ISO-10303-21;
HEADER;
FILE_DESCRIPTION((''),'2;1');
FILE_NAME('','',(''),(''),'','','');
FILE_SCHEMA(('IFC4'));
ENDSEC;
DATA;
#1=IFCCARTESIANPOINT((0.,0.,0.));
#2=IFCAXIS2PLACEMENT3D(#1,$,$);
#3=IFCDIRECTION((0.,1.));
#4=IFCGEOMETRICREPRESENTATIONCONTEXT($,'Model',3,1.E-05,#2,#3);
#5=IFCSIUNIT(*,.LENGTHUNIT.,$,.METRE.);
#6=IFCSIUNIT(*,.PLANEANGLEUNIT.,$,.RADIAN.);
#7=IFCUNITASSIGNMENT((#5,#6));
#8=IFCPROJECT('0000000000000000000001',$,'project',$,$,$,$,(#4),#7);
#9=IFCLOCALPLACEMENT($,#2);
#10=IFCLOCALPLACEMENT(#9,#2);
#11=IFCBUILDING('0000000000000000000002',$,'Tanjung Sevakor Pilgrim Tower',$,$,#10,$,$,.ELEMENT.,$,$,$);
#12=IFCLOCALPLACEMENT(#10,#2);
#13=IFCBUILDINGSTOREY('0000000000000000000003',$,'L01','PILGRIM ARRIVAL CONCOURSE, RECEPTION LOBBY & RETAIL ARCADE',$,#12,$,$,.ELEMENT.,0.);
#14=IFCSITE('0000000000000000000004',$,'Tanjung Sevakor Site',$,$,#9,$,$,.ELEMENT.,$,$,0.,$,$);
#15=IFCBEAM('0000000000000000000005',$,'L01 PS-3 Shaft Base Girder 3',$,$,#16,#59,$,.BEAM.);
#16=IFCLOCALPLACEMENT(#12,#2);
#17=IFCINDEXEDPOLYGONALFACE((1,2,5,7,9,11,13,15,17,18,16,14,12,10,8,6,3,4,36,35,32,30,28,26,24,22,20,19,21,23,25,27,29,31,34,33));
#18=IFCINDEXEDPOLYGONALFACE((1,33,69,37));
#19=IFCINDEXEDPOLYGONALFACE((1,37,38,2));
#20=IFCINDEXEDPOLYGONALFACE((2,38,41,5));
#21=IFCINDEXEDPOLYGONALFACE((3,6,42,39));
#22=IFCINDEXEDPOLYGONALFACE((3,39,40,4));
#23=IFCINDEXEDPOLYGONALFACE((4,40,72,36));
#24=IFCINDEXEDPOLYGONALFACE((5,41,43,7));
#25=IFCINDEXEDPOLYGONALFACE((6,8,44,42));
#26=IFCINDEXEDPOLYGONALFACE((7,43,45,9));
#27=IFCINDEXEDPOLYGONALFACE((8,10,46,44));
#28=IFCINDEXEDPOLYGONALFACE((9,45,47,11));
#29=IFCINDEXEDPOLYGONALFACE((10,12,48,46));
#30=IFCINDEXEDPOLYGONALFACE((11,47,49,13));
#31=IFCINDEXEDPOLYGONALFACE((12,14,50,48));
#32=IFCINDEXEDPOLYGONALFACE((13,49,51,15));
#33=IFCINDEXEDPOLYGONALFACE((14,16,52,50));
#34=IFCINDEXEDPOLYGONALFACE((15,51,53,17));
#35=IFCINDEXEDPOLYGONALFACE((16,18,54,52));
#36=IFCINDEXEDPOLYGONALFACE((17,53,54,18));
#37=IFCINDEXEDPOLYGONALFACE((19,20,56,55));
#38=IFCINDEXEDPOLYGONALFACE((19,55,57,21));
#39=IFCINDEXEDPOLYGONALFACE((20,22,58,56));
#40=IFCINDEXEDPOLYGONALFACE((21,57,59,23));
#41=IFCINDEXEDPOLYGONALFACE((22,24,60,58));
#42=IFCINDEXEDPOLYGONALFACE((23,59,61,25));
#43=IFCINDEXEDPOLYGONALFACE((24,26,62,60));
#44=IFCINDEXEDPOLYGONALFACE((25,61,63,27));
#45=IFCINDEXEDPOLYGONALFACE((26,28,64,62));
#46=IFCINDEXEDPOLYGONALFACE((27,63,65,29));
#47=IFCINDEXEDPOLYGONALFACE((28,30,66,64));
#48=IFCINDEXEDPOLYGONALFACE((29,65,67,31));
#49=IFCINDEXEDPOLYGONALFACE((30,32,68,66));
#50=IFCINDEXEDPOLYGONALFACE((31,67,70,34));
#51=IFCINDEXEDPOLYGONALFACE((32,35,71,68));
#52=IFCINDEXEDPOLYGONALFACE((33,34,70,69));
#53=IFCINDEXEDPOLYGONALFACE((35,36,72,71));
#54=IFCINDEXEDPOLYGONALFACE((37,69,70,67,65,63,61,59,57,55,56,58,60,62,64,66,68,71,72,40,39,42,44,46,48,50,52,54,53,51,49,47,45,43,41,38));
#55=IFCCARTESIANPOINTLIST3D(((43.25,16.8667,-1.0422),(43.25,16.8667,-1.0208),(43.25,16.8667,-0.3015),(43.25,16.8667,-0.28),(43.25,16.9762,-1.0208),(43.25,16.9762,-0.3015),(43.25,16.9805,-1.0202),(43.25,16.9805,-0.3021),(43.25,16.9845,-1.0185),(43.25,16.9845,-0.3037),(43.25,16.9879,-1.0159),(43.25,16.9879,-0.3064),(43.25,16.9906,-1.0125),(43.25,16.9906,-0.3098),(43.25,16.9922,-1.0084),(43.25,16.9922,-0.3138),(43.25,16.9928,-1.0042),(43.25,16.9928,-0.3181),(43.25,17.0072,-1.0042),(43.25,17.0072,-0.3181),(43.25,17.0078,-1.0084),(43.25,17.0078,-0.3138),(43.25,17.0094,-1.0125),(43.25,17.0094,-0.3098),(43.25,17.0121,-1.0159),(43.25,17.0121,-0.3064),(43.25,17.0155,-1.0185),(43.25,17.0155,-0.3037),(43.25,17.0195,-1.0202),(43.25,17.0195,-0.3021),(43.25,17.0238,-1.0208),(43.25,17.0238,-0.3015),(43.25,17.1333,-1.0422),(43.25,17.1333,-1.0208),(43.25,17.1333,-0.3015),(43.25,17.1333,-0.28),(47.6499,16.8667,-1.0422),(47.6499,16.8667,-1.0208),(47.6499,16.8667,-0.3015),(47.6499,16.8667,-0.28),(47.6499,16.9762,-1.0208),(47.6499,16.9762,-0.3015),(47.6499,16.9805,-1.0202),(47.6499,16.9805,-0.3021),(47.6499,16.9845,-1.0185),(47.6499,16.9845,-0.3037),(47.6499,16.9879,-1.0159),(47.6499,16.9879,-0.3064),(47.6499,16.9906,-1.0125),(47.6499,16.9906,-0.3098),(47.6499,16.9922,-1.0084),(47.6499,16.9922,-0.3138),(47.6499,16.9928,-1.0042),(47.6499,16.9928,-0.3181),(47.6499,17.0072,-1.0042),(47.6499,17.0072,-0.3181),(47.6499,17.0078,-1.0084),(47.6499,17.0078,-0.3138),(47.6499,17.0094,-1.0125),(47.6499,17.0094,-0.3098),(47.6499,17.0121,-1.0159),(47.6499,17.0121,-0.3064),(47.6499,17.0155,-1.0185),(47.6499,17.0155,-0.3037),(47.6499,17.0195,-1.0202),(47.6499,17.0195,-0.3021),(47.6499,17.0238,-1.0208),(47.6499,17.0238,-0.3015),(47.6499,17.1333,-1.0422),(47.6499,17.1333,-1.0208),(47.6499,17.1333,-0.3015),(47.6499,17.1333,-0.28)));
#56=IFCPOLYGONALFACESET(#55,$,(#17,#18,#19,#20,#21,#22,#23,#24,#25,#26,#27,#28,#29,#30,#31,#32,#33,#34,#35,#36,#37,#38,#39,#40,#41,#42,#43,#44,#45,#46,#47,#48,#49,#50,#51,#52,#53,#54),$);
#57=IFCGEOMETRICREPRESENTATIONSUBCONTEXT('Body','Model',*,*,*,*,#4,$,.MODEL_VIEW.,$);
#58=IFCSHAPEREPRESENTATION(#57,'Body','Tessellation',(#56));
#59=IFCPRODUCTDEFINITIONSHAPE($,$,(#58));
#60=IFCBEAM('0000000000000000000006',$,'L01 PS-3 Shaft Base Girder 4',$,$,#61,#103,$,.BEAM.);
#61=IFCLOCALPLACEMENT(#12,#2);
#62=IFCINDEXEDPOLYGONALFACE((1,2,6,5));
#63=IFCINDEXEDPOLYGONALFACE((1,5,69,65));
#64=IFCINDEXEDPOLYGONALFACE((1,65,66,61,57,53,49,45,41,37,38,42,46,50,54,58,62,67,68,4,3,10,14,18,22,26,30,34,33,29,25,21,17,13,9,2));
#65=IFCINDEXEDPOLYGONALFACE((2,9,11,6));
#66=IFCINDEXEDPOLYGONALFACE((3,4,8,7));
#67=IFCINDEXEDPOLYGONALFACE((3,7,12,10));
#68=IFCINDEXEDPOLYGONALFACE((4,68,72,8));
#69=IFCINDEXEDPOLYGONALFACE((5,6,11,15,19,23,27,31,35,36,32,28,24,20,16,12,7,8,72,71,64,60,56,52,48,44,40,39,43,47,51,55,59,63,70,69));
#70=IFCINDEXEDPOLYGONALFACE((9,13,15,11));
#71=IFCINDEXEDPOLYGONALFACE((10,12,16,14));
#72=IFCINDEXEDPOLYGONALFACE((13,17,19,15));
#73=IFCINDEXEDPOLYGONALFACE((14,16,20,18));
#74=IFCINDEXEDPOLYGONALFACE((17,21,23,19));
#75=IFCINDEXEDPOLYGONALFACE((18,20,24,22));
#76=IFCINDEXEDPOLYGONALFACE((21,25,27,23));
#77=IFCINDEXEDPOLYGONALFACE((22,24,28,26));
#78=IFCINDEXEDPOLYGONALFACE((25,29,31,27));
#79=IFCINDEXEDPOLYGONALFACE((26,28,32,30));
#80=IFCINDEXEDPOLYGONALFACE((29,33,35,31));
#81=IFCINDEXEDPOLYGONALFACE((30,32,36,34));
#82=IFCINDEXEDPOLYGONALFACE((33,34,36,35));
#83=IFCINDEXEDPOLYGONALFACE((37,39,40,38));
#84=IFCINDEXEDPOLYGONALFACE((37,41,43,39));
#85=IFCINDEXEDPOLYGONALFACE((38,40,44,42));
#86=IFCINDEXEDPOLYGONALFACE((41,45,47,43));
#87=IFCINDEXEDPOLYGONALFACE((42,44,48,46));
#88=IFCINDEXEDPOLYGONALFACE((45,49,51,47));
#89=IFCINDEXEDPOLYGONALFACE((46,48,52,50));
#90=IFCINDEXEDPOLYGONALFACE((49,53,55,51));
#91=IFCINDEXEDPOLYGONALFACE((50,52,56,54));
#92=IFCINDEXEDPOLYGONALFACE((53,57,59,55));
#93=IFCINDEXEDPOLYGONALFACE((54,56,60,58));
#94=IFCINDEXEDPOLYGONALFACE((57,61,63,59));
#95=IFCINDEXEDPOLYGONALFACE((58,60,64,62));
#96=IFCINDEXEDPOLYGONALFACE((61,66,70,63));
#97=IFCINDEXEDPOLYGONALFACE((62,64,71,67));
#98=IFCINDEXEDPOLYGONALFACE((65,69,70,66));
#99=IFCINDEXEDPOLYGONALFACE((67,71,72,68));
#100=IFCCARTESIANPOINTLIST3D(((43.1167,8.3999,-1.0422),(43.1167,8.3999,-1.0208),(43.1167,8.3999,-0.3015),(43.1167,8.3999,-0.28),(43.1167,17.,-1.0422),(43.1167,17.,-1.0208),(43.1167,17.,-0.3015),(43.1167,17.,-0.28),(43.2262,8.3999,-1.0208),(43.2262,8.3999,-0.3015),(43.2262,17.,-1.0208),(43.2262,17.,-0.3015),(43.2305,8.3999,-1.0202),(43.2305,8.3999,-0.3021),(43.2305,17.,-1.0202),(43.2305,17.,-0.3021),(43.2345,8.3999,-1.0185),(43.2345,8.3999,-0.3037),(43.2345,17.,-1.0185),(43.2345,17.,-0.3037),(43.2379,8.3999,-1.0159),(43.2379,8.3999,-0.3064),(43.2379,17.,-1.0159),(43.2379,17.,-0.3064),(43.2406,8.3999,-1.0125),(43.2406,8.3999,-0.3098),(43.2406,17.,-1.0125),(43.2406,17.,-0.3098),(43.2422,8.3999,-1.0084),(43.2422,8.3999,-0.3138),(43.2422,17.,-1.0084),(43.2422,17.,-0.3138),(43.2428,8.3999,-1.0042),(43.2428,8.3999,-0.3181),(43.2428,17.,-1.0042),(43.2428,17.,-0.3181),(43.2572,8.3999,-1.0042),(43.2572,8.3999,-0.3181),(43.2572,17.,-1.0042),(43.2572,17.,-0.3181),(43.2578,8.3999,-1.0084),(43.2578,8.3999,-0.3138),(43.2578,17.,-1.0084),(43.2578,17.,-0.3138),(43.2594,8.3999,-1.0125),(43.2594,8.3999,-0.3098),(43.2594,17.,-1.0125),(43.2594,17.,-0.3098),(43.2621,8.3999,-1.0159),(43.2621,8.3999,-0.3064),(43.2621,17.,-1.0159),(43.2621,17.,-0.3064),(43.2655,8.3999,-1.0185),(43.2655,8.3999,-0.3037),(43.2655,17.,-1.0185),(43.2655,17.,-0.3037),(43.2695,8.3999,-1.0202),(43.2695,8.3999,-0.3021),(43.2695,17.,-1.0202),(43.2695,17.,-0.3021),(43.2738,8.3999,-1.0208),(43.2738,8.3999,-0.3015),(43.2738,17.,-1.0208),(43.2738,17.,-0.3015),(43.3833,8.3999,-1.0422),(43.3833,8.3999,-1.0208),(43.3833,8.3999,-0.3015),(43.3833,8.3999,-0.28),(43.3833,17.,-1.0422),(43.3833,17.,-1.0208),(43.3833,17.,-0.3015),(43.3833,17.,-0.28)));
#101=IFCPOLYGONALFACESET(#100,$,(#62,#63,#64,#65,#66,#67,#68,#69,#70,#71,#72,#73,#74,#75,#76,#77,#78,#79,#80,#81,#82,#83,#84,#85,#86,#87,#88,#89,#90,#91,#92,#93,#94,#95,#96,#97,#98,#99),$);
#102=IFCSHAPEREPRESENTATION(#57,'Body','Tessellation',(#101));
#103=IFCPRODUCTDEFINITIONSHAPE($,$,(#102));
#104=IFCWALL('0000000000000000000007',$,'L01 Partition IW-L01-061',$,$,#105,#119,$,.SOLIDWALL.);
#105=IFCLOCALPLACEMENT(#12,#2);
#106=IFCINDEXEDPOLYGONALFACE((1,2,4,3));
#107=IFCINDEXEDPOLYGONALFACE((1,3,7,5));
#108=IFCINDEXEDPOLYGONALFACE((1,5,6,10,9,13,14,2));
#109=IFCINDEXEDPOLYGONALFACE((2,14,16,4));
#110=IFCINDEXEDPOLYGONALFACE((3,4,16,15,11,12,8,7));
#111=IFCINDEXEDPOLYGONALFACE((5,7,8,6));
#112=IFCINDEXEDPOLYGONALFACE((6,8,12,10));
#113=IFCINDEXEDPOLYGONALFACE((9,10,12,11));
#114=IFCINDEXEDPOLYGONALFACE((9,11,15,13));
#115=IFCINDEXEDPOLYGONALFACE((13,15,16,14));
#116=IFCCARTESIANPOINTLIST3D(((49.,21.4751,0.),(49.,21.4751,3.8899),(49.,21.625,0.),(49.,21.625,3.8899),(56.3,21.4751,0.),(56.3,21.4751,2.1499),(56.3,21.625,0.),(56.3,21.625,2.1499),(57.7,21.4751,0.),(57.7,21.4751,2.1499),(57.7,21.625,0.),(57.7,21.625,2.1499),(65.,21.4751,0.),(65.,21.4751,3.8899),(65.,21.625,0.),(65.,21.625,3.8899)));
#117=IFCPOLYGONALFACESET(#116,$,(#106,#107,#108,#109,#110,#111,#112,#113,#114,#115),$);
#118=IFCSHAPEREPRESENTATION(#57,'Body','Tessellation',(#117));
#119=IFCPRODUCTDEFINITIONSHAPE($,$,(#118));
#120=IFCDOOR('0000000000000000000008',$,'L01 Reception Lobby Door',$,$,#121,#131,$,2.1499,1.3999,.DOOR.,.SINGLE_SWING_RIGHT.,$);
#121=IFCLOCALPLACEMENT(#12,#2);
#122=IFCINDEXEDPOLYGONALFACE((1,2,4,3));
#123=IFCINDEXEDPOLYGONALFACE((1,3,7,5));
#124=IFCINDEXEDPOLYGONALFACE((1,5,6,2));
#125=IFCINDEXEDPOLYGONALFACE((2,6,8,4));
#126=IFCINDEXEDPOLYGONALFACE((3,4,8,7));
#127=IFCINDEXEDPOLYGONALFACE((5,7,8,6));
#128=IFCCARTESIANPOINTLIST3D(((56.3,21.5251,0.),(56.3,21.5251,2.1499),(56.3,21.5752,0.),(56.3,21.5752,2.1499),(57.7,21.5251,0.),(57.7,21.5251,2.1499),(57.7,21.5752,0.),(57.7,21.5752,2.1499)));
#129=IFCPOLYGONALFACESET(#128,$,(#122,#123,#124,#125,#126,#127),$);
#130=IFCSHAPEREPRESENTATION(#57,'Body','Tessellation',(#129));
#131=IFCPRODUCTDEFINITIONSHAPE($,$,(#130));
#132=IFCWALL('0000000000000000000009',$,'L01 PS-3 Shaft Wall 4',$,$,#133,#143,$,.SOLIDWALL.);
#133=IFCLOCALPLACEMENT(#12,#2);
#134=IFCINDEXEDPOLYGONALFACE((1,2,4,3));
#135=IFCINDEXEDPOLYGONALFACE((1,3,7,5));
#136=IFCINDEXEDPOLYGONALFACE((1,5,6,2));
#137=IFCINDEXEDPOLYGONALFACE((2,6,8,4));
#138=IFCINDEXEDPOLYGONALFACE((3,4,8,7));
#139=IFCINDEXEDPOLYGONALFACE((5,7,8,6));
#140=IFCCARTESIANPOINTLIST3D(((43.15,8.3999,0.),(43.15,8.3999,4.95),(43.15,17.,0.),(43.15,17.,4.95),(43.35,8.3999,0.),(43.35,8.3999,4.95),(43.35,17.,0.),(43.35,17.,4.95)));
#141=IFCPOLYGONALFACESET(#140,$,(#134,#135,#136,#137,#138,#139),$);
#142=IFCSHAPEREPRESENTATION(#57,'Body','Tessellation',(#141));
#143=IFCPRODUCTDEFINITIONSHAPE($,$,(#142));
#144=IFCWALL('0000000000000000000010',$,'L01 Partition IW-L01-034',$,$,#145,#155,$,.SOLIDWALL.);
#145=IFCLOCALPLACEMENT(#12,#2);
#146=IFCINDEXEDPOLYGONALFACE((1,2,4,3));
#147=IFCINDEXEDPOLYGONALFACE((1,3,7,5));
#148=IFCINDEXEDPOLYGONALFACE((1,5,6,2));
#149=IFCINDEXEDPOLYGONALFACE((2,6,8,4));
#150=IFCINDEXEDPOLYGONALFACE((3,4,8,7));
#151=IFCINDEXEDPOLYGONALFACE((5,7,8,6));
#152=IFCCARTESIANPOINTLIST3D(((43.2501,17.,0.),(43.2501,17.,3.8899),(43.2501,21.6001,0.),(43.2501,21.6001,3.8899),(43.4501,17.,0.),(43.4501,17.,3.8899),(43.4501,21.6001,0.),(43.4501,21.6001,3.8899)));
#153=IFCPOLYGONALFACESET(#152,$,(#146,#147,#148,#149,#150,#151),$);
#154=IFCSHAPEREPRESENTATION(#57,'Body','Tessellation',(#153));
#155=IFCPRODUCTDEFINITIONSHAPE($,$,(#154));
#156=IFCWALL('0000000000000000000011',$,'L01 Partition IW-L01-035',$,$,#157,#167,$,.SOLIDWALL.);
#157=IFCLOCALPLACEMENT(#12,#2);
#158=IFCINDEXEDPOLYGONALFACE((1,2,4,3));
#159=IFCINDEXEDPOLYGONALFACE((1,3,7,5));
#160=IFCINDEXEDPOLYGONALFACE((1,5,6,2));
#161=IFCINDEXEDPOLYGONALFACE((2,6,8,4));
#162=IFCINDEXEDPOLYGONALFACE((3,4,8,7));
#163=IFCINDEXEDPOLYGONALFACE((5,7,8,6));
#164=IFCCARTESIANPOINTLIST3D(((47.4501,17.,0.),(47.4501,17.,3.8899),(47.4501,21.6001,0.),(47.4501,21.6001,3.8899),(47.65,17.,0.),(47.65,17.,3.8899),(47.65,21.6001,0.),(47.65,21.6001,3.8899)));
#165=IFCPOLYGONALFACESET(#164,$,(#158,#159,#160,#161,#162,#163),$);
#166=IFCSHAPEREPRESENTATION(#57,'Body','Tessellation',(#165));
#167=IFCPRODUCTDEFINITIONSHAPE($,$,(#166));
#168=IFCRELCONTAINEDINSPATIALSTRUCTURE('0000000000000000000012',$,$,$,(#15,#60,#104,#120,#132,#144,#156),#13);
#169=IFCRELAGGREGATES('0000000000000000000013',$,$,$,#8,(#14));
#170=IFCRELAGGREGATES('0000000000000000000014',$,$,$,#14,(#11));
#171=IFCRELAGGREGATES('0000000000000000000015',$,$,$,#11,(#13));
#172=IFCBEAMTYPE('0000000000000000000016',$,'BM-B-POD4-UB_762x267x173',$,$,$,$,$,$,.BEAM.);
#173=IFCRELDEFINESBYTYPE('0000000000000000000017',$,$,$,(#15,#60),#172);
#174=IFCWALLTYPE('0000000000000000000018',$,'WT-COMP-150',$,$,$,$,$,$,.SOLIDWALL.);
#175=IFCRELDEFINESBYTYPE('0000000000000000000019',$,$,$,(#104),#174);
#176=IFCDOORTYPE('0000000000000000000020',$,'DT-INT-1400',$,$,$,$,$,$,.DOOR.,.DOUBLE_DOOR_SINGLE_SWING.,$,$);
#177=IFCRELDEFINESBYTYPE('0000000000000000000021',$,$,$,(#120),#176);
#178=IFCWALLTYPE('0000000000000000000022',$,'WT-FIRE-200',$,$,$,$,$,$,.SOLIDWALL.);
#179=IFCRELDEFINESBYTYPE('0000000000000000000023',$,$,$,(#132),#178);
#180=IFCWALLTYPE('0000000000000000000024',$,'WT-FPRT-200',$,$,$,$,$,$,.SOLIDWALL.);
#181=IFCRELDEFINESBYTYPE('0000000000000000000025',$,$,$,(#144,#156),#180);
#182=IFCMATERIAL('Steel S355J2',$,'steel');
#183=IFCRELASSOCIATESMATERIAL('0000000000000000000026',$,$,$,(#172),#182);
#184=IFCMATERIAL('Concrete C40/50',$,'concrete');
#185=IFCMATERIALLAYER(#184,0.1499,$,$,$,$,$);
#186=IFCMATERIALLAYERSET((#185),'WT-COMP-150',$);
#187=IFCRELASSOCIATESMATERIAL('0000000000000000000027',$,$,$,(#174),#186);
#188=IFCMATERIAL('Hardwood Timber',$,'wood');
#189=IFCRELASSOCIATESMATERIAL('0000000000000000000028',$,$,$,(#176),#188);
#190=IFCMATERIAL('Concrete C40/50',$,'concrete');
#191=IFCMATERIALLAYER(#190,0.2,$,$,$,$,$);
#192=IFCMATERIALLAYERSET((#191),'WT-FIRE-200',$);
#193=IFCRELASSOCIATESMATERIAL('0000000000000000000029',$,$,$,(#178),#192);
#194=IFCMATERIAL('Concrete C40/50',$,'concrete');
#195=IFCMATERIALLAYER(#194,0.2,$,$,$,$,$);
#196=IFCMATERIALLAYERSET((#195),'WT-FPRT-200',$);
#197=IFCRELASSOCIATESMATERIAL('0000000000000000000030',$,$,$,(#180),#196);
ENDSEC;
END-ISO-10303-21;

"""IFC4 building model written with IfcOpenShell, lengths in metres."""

from ifc_helpers import new_model, si_unit, direction, frame, frame_2d, origin, origin_2d, place, context, subcontext, project, spatial, rectangle, i_section, extrude, material, layer, layer_set, material_profile, profile_set, type_object, element, fill, save


model = new_model("IFC4")

# Units and contexts
model_context = context("Model", 3, precision=1e-05, world=origin(), true_north=direction((0.0, 1.0)))
body_context = subcontext(model_context, "Body", "Model", "MODEL_VIEW")
ifc_project = project(units=[si_unit("LENGTHUNIT", "METRE"), si_unit("PLANEANGLEUNIT", "RADIAN")], contexts=[model_context])

# Site, building, storey
site_placement = place(None, origin())
site = spatial("IfcSite", under=ifc_project, at=site_placement, Name="Tanjung Sevakor Site", CompositionType="ELEMENT", RefElevation=0.0)
building_placement = place(site_placement, origin())
building = spatial("IfcBuilding", under=site, at=building_placement, Name="Tanjung Sevakor Pilgrim Tower", CompositionType="ELEMENT")
storey_placement = place(building_placement, origin())
storey = spatial("IfcBuildingStorey", under=building, at=storey_placement, Name="L01", Description="PILGRIM ARRIVAL CONCOURSE, RECEPTION LOBBY & RETAIL ARCADE", CompositionType="ELEMENT", Elevation=0.0)

# Beams
ifc_material_1 = material(Name="Steel S355J2", Category="steel")
ifc_material_profile_1 = material_profile(ifc_material_1, i_section(OverallWidth=0.2666, OverallDepth=0.7622, WebThickness=0.0144, FlangeThickness=0.0215, FilletRadius=0.0166, at=origin_2d()))
ifc_profile_set_1 = profile_set([ifc_material_profile_1], Name="Steel S355J2")
beam_type_1 = type_object("IfcBeamType", Name="BM-B-POD4-UB_762x267x173", PredefinedType="BEAM", material=ifc_profile_set_1)
beam_1_placement = place(storey_placement, frame((47.6499, 17.0, -0.6611), z_axis=(-1.0, 0.0, 0.0), x_axis=(0.0, -1.0, 0.0)))
element("IfcBeam", 1, at=beam_1_placement, inside=storey, type_object=beam_type_1, Name="L01 PS-3 Shaft Base Girder 3", PredefinedType="BEAM", context=body_context, shape_type="SweptSolid", body=[
    extrude(i_section(OverallWidth=0.2666, OverallDepth=0.7622, WebThickness=0.0144, FlangeThickness=0.0215, FilletRadius=0.0166, at=origin_2d()), origin(), (0.0, 0.0, 1.0), 4.3999),
])
beam_2_placement = place(storey_placement, frame((43.25, 17.0, -0.6611), z_axis=(0.0, -1.0, 0.0), x_axis=(1.0, 0.0, 0.0)))
element("IfcBeam", 2, at=beam_2_placement, inside=storey, type_object=beam_type_1, Name="L01 PS-3 Shaft Base Girder 4", PredefinedType="BEAM", context=body_context, shape_type="SweptSolid", body=[
    extrude(i_section(OverallWidth=0.2666, OverallDepth=0.7622, WebThickness=0.0144, FlangeThickness=0.0215, FilletRadius=0.0166, at=origin_2d()), origin(), (0.0, 0.0, 1.0), 8.6001),
])

# Wall, opening, door
ifc_material_2 = material(Name="Concrete C40/50", Category="concrete")
ifc_layer_1 = layer(ifc_material_2, 0.1499)
ifc_layer_set_1 = layer_set([ifc_layer_1], Name="WT-COMP-150")
wall_type_1 = type_object("IfcWallType", Name="WT-COMP-150", PredefinedType="SOLIDWALL", material=ifc_layer_set_1)
wall_1_placement = place(storey_placement, frame((49.0, 21.55, 0.0), z_axis=(0.0, 0.0, 1.0), x_axis=(1.0, 0.0, 0.0)))
wall_1 = element("IfcWall", 3, at=wall_1_placement, inside=storey, type_object=wall_type_1, Name="L01 Partition IW-L01-061", PredefinedType="SOLIDWALL", context=body_context, shape_type="SweptSolid", body=[
    extrude(rectangle(XDim=16.0, YDim=0.1499, at=frame_2d((8.0, 0.0))), origin(), (0.0, 0.0, 1.0), 3.8899),
])
opening_1_placement = place(wall_1_placement, frame((7.3, 0.0, 0.0)))
opening_1 = element("IfcOpeningElement", 4, at=opening_1_placement, cuts=wall_1, PredefinedType="OPENING", context=body_context, shape_type="SweptSolid", body=[
    extrude(rectangle(XDim=1.3999, YDim=2.1499, at=frame_2d((0.7, 1.075))), frame((0.0, 0.085, 0.0), z_axis=(0.0, -1.0, 0.0), x_axis=(1.0, 0.0, 0.0)), (0.0, 0.0, 1.0), 0.1699),
])
ifc_material_3 = material(Name="Hardwood Timber", Category="wood")
door_type_1 = type_object("IfcDoorType", Name="DT-INT-1400", OperationType="DOUBLE_DOOR_SINGLE_SWING", PredefinedType="DOOR", material=ifc_material_3)
door_1_placement = place(opening_1_placement, frame((1.3999, 0.0, 0.0), z_axis=(0.0, 0.0, 1.0), x_axis=(-1.0, 0.0, 0.0)))
door_1 = element("IfcDoor", 5, at=door_1_placement, inside=storey, type_object=door_type_1, Name="L01 Reception Lobby Door", OperationType="SINGLE_SWING_RIGHT", OverallHeight=2.1499, OverallWidth=1.3999, PredefinedType="DOOR", context=body_context, shape_type="SweptSolid", body=[
    extrude(rectangle(XDim=1.3999, YDim=2.1499, at=frame_2d((0.7, 1.075))), frame((0.0, 0.0249, 0.0), z_axis=(0.0, -1.0, 0.0), x_axis=(1.0, 0.0, 0.0)), (0.0, 0.0, 1.0), 0.05),
])
fill(opening_1, door_1)
ifc_material_4 = material(Name="Concrete C40/50", Category="concrete")
ifc_layer_2 = layer(ifc_material_4, 0.2)
ifc_layer_set_2 = layer_set([ifc_layer_2], Name="WT-FIRE-200")
wall_type_2 = type_object("IfcWallType", Name="WT-FIRE-200", PredefinedType="SOLIDWALL", material=ifc_layer_set_2)

# Walls
wall_2_placement = place(storey_placement, frame((43.25, 17.0, 0.0), z_axis=(0.0, 0.0, 1.0), x_axis=(0.0, -1.0, 0.0)))
element("IfcWall", 6, at=wall_2_placement, inside=storey, type_object=wall_type_2, Name="L01 PS-3 Shaft Wall 4", PredefinedType="SOLIDWALL", context=body_context, shape_type="SweptSolid", body=[
    extrude(rectangle(XDim=8.6001, YDim=0.2, at=frame_2d((4.3, 0.0))), origin(), (0.0, 0.0, 1.0), 4.95),
])
ifc_material_5 = material(Name="Concrete C40/50", Category="concrete")
ifc_layer_3 = layer(ifc_material_5, 0.2)
ifc_layer_set_3 = layer_set([ifc_layer_3], Name="WT-FPRT-200")
wall_type_3 = type_object("IfcWallType", Name="WT-FPRT-200", PredefinedType="SOLIDWALL", material=ifc_layer_set_3)
for number, where, z_axis, x_axis, name in (
    (7, (43.3501, 17.0, 0.0), (0.0, 0.0, 1.0), (0.0, 1.0, 0.0), "L01 Partition IW-L01-034"),
    (8, (47.55, 17.0, 0.0), (0.0, 0.0, 1.0), (0.0, 1.0, 0.0), "L01 Partition IW-L01-035"),
):
    element("IfcWall", number, at=place(storey_placement, frame(where, z_axis=z_axis, x_axis=x_axis)), inside=storey, type_object=wall_type_3, Name=name, PredefinedType="SOLIDWALL", context=body_context, shape_type="SweptSolid", body=[
        extrude(rectangle(XDim=4.6001, YDim=0.2, at=frame_2d((2.3, 0.0))), origin(), (0.0, 0.0, 1.0), 3.8899),
    ])

save(model, "model.ifc")
